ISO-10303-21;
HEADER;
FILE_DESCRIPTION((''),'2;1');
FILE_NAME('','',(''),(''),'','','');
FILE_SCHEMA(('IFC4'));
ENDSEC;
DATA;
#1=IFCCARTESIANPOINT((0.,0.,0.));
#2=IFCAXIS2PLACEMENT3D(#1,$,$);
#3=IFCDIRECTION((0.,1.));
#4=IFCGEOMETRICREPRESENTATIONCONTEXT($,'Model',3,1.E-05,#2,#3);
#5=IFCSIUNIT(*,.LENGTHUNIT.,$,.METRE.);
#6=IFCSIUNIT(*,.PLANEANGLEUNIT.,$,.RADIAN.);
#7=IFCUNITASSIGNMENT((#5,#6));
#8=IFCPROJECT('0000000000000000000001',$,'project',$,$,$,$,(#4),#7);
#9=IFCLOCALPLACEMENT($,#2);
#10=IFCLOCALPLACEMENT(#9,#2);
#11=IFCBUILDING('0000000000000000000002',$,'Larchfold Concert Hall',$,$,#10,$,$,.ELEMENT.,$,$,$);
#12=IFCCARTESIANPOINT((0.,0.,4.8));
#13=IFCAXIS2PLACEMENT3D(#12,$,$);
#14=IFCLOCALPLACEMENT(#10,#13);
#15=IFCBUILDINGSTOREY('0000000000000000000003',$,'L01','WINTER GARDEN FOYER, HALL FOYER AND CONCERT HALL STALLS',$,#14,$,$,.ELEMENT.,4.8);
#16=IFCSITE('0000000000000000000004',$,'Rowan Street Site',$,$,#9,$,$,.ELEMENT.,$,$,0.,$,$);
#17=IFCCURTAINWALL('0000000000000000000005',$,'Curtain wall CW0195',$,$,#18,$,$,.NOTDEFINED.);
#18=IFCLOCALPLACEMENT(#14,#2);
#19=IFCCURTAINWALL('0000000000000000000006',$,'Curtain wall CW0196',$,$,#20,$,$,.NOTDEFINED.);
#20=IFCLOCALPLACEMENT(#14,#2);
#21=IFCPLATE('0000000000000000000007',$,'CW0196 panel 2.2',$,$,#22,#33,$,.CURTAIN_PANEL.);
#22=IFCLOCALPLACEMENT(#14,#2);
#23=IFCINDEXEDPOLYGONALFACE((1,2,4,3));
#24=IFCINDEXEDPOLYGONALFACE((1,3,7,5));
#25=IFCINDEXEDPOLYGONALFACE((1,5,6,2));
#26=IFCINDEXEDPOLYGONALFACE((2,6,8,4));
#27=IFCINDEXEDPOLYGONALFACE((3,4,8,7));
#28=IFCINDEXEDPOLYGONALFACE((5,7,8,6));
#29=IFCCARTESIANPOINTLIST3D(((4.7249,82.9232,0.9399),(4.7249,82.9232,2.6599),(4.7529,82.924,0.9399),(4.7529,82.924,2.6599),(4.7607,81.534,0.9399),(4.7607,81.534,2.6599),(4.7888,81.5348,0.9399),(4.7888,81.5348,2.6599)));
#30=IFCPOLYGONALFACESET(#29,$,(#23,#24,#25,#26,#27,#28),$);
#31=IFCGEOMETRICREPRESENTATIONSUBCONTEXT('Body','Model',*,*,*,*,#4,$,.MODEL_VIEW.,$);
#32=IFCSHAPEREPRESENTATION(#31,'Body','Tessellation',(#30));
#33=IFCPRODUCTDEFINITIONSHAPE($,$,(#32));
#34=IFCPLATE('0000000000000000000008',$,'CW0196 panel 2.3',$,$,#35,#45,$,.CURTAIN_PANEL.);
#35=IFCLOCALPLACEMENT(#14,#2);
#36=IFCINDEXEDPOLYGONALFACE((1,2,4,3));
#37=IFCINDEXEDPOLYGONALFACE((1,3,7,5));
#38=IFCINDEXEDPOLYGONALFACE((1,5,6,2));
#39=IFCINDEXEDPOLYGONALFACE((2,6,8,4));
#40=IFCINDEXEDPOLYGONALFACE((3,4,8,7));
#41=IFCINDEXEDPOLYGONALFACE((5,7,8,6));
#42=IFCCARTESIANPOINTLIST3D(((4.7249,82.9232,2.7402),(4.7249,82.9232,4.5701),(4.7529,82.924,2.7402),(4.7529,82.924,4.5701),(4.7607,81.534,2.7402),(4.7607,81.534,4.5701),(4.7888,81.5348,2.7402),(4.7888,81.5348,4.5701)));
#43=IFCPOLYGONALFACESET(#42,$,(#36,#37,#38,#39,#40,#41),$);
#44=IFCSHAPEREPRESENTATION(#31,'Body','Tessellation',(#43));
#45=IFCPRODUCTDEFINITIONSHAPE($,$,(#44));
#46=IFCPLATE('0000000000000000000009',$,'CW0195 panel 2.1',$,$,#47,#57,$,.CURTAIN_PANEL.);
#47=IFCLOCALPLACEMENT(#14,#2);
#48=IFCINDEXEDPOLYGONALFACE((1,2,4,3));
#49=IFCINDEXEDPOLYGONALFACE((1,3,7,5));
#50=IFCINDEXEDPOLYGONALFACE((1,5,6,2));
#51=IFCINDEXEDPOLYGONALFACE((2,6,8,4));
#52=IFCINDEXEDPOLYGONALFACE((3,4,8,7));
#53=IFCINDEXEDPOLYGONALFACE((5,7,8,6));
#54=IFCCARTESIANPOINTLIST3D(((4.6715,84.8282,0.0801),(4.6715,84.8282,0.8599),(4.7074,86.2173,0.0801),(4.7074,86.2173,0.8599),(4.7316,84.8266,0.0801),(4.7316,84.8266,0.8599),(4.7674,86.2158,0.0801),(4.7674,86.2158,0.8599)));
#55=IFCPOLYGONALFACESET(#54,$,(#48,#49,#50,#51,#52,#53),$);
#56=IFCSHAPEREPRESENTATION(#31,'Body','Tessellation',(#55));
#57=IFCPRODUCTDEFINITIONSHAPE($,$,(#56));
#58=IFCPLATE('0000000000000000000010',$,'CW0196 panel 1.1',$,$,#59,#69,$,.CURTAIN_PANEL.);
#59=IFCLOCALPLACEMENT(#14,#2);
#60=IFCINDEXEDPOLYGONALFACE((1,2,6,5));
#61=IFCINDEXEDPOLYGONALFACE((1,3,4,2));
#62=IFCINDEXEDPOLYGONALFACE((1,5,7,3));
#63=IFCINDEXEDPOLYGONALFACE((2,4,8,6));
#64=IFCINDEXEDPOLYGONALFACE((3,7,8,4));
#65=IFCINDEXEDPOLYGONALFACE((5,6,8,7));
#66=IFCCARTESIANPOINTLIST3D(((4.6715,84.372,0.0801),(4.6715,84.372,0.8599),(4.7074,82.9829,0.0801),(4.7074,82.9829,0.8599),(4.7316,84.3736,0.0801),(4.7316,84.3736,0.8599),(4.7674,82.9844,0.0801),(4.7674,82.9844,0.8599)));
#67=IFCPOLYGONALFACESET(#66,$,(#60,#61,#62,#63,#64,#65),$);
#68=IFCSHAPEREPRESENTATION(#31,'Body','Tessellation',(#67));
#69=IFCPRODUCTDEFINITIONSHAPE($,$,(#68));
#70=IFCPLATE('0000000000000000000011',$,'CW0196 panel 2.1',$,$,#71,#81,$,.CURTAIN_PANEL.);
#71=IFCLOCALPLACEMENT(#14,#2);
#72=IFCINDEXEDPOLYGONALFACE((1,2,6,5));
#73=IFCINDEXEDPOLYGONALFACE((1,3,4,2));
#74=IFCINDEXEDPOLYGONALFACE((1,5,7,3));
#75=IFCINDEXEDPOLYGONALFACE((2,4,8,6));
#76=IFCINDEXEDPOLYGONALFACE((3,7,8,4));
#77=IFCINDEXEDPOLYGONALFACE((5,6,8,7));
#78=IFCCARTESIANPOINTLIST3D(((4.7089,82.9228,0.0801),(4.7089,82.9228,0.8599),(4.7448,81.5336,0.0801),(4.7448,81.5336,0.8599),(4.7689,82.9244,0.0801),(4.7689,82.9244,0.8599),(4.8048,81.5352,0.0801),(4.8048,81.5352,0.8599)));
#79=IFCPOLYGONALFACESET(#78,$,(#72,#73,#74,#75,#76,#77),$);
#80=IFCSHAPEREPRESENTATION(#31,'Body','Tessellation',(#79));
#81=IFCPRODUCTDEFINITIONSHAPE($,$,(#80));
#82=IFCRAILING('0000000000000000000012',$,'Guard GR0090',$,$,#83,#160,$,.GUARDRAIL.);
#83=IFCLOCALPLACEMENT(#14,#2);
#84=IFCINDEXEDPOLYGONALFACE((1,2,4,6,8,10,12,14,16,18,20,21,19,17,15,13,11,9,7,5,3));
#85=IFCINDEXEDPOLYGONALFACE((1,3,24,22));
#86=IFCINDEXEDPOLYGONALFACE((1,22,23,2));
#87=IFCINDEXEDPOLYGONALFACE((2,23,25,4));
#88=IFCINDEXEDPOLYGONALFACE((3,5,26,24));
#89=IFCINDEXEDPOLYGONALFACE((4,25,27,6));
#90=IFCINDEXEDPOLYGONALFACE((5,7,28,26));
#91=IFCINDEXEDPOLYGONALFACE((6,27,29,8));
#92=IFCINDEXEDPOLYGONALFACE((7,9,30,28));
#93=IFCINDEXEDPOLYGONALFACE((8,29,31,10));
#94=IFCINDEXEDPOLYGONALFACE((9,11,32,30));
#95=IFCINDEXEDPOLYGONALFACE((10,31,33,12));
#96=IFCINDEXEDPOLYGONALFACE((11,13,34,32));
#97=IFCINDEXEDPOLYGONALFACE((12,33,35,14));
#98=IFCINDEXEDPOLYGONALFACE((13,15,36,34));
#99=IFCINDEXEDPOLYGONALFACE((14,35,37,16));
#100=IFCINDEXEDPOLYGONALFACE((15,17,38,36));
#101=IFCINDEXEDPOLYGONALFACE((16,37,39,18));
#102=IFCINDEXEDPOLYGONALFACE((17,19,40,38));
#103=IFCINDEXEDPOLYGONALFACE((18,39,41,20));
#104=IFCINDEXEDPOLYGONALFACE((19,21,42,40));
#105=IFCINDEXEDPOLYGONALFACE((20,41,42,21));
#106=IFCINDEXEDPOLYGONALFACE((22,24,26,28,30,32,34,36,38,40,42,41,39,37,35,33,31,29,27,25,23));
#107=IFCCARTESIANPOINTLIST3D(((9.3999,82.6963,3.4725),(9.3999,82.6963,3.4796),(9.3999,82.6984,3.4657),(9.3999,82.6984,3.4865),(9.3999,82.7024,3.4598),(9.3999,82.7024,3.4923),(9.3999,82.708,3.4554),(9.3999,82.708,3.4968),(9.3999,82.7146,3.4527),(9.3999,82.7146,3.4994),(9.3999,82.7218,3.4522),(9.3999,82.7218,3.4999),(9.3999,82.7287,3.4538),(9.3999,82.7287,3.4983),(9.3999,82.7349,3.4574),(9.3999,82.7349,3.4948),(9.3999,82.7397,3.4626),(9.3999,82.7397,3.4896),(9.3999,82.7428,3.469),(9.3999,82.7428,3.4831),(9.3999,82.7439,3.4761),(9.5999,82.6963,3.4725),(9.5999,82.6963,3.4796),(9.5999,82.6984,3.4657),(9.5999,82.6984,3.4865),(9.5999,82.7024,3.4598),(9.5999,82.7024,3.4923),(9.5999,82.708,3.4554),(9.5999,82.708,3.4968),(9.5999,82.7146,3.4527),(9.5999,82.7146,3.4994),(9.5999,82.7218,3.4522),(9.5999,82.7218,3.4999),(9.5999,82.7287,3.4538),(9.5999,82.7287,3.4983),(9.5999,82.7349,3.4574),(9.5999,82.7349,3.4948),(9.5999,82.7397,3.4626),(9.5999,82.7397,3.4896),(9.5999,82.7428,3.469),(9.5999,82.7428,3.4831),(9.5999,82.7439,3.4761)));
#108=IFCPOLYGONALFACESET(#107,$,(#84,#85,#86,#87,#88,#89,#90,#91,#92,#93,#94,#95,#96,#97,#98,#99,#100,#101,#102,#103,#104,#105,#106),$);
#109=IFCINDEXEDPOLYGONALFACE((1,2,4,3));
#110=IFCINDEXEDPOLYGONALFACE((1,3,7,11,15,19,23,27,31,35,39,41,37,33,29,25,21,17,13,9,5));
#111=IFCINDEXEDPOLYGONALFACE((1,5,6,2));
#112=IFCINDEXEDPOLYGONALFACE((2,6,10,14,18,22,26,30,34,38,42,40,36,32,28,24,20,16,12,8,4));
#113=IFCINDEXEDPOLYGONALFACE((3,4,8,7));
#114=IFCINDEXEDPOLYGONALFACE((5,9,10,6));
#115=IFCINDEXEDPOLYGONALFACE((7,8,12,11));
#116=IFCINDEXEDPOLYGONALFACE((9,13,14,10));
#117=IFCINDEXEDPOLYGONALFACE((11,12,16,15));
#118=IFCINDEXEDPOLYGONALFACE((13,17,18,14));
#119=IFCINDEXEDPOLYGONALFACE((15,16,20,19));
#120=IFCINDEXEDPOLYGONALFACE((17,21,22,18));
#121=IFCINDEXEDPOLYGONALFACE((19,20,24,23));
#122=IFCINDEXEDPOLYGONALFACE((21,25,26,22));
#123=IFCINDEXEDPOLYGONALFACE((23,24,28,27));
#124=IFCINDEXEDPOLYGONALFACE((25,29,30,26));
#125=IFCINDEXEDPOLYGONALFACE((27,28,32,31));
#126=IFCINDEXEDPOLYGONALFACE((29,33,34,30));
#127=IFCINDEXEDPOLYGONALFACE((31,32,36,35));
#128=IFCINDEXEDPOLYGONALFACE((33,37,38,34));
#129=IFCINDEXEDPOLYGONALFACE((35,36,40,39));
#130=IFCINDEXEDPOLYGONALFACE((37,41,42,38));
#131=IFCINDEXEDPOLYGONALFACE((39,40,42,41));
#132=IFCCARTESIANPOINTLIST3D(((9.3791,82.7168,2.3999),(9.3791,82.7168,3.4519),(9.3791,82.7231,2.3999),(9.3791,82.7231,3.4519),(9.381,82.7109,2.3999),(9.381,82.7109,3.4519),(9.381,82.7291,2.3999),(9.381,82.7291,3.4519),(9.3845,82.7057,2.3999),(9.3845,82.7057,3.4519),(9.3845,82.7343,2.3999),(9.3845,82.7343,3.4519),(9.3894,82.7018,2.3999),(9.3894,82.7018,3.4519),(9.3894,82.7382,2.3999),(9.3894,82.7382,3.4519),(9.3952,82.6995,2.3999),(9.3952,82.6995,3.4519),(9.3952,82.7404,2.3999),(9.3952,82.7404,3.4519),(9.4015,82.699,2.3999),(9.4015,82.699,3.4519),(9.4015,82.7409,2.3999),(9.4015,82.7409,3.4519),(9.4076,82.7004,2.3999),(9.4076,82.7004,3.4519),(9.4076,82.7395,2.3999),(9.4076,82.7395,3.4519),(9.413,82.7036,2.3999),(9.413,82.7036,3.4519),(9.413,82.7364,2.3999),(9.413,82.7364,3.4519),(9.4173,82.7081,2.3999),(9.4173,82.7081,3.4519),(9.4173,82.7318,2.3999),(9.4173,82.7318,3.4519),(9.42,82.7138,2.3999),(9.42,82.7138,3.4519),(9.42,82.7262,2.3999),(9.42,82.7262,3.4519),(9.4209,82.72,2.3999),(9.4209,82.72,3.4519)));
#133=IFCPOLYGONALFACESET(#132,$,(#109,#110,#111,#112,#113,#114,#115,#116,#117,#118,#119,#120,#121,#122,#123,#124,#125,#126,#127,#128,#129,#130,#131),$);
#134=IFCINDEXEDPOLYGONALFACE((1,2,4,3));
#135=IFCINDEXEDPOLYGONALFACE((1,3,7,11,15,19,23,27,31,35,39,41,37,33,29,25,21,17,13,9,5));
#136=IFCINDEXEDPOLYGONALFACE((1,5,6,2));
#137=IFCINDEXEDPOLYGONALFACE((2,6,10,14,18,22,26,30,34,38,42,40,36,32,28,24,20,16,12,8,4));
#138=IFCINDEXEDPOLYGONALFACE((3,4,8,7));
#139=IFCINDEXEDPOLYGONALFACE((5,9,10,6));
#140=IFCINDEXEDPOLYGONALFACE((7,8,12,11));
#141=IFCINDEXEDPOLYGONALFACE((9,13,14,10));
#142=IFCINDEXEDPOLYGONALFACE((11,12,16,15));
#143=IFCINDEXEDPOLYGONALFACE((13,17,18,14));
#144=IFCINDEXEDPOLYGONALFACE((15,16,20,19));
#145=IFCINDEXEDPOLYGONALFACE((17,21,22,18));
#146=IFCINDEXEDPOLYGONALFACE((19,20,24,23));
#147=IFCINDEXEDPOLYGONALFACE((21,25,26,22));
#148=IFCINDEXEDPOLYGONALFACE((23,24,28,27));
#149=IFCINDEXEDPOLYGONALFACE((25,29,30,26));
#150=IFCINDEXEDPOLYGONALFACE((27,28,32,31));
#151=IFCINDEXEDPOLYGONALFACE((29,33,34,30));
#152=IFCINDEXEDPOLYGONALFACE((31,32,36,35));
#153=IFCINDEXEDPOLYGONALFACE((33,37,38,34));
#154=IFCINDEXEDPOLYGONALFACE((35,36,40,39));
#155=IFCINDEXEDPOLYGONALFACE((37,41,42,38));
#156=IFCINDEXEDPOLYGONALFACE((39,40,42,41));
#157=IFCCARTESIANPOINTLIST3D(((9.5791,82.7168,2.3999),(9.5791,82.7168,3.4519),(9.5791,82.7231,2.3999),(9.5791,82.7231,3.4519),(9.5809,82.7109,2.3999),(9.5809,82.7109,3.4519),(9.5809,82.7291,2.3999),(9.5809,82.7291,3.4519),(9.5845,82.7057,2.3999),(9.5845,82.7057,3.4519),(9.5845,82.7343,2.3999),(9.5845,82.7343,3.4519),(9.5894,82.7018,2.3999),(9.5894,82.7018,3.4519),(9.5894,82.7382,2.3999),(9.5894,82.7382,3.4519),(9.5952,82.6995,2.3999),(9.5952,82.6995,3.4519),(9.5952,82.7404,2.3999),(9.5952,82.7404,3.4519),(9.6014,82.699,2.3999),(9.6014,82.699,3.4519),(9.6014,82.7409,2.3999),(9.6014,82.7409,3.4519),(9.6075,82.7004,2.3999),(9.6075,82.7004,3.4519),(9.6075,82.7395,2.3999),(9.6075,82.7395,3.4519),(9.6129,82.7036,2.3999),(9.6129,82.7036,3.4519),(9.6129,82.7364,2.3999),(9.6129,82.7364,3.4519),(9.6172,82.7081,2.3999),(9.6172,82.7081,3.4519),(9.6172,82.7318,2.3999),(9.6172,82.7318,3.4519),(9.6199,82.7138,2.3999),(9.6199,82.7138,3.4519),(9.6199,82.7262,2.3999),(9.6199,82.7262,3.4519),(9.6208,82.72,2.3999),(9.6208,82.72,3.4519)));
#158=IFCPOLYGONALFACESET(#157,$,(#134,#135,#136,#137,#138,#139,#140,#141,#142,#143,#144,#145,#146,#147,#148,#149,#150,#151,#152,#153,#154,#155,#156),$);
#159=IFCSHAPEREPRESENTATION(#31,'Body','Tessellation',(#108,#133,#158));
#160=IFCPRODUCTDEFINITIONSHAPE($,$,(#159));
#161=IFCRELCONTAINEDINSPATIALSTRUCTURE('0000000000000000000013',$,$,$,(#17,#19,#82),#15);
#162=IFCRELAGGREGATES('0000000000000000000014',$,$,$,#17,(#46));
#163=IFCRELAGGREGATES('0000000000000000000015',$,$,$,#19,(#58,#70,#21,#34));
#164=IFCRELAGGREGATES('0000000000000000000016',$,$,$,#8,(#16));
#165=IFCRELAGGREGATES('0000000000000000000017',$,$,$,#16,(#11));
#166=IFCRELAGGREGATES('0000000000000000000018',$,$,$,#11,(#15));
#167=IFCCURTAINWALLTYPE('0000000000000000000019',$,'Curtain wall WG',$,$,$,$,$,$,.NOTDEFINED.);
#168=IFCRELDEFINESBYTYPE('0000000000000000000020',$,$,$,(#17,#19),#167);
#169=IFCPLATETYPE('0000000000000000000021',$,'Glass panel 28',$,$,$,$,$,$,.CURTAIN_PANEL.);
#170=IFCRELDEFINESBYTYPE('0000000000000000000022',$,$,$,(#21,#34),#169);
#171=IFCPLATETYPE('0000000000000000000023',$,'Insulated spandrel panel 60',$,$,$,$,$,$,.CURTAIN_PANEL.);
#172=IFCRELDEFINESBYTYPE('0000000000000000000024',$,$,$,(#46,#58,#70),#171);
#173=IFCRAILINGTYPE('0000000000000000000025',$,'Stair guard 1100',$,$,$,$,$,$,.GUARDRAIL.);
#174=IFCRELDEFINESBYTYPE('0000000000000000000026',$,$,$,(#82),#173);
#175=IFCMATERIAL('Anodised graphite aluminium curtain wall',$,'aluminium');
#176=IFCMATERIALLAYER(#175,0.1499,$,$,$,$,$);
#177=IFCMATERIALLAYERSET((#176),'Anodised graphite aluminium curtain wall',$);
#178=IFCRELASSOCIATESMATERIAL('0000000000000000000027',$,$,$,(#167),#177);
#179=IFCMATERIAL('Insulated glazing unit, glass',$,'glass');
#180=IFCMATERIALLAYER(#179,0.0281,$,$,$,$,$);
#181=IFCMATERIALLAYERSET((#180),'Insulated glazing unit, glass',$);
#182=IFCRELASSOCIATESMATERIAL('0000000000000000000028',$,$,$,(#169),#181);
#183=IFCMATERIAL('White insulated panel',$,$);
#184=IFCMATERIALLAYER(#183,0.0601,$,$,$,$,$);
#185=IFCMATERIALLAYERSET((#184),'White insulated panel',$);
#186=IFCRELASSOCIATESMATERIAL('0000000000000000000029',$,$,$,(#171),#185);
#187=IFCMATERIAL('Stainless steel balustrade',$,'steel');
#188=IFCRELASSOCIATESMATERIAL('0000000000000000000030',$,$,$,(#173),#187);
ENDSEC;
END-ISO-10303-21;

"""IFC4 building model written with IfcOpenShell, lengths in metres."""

from ifc_helpers import new_model, si_unit, direction, frame, origin, origin_2d, place, context, subcontext, project, spatial, rectangle, circle, extrude, material, layer, layer_set, type_object, element, aggregate, save


model = new_model("IFC4")

# Units and contexts
model_context = context("Model", 3, precision=1e-05, world=origin(), true_north=direction((0.0, 1.0)))
body_context = subcontext(model_context, "Body", "Model", "MODEL_VIEW")
ifc_project = project(units=[si_unit("LENGTHUNIT", "METRE"), si_unit("PLANEANGLEUNIT", "RADIAN")], contexts=[model_context])

# Site, building, storey
site_placement = place(None, origin())
site = spatial("IfcSite", under=ifc_project, at=site_placement, Name="Rowan Street Site", CompositionType="ELEMENT", RefElevation=0.0)
building_placement = place(site_placement, origin())
building = spatial("IfcBuilding", under=site, at=building_placement, Name="Larchfold Concert Hall", CompositionType="ELEMENT")
storey_placement = place(building_placement, frame((0.0, 0.0, 4.8)))
storey = spatial("IfcBuildingStorey", under=building, at=storey_placement, Name="L01", Description="WINTER GARDEN FOYER, HALL FOYER AND CONCERT HALL STALLS", CompositionType="ELEMENT", Elevation=4.8)

# Curtain wall
ifc_material_1 = material(Name="Anodised graphite aluminium curtain wall", Category="aluminium")
ifc_layer_1 = layer(ifc_material_1, 0.1499)
ifc_layer_set_1 = layer_set([ifc_layer_1], Name="Anodised graphite aluminium curtain wall")
curtain_wall_type = type_object("IfcCurtainWallType", Name="Curtain wall WG", PredefinedType="NOTDEFINED", material=ifc_layer_set_1)
curtain_wall_1_placement = place(storey_placement, origin())
curtain_wall_1 = element("IfcCurtainWall", 1, at=curtain_wall_1_placement, inside=storey, type_object=curtain_wall_type, Name="Curtain wall CW0195", PredefinedType="NOTDEFINED")

# Curtain wall
curtain_wall_2_placement = place(storey_placement, origin())
curtain_wall_2 = element("IfcCurtainWall", 2, at=curtain_wall_2_placement, inside=storey, type_object=curtain_wall_type, Name="Curtain wall CW0196", PredefinedType="NOTDEFINED")

# Plates
ifc_material_2 = material(Name="Insulated glazing unit, glass", Category="glass")
ifc_layer_2 = layer(ifc_material_2, 0.0281)
ifc_layer_set_2 = layer_set([ifc_layer_2], Name="Insulated glazing unit, glass")
plate_type_1 = type_object("IfcPlateType", Name="Glass panel 28", PredefinedType="CURTAIN_PANEL", material=ifc_layer_set_2)
plate_1_placement = place(storey_placement, frame((4.7568, 82.229, 0.9399), z_axis=(0.0, 0.0, 1.0), x_axis=(0.025821, -0.999667, 0.0)))
plate_1 = element("IfcPlate", 3, at=plate_1_placement, type_object=plate_type_1, Name="CW0196 panel 2.2", PredefinedType="CURTAIN_PANEL", context=body_context, shape_type="SweptSolid", body=[
    extrude(rectangle(XDim=1.3896, YDim=0.0281, at=origin_2d()), origin(), (0.0, 0.0, 1.0), 1.72),
])
plate_2_placement = place(storey_placement, frame((4.7568, 82.229, 2.7402), z_axis=(0.0, 0.0, 1.0), x_axis=(0.025821, -0.999667, 0.0)))
plate_2 = element("IfcPlate", 4, at=plate_2_placement, type_object=plate_type_1, Name="CW0196 panel 2.3", PredefinedType="CURTAIN_PANEL", context=body_context, shape_type="SweptSolid", body=[
    extrude(rectangle(XDim=1.3896, YDim=0.0281, at=origin_2d()), origin(), (0.0, 0.0, 1.0), 1.8298),
])
ifc_material_3 = material(Name="White insulated panel")
ifc_layer_3 = layer(ifc_material_3, 0.0601)
ifc_layer_set_3 = layer_set([ifc_layer_3], Name="White insulated panel")
plate_type_2 = type_object("IfcPlateType", Name="Insulated spandrel panel 60", PredefinedType="CURTAIN_PANEL", material=ifc_layer_set_3)
plate_3_placement = place(storey_placement, frame((4.7195, 85.522, 0.0801), z_axis=(0.0, 0.0, 1.0), x_axis=(-0.025821, -0.999667, 0.0)))
plate_3 = element("IfcPlate", 5, at=plate_3_placement, type_object=plate_type_2, Name="CW0195 panel 2.1", PredefinedType="CURTAIN_PANEL", context=body_context, shape_type="SweptSolid", body=[
    extrude(rectangle(XDim=1.3896, YDim=0.0601, at=origin_2d()), origin(), (0.0, 0.0, 1.0), 0.7798),
])
aggregate(curtain_wall_1, [plate_3])
plate_4_placement = place(storey_placement, frame((4.7195, 83.6782, 0.0801), z_axis=(0.0, 0.0, 1.0), x_axis=(0.025821, -0.999667, 0.0)))
plate_4 = element("IfcPlate", 6, at=plate_4_placement, type_object=plate_type_2, Name="CW0196 panel 1.1", PredefinedType="CURTAIN_PANEL", context=body_context, shape_type="SweptSolid", body=[
    extrude(rectangle(XDim=1.3896, YDim=0.0601, at=origin_2d()), origin(), (0.0, 0.0, 1.0), 0.7798),
])
plate_5_placement = place(storey_placement, frame((4.7568, 82.229, 0.0801), z_axis=(0.0, 0.0, 1.0), x_axis=(0.025821, -0.999667, 0.0)))
plate_5 = element("IfcPlate", 7, at=plate_5_placement, type_object=plate_type_2, Name="CW0196 panel 2.1", PredefinedType="CURTAIN_PANEL", context=body_context, shape_type="SweptSolid", body=[
    extrude(rectangle(XDim=1.3896, YDim=0.0601, at=origin_2d()), origin(), (0.0, 0.0, 1.0), 0.7798),
])
aggregate(curtain_wall_2, [plate_4, plate_5, plate_1, plate_2])

# Railing
ifc_material_4 = material(Name="Stainless steel balustrade", Category="steel")
railing_type_1 = type_object("IfcRailingType", Name="Stair guard 1100", PredefinedType="GUARDRAIL", material=ifc_material_4)
railing_1_placement = place(storey_placement, frame((9.3999, 82.72, 2.3999)))
element("IfcRailing", 8, at=railing_1_placement, inside=storey, type_object=railing_type_1, Name="Guard GR0090", PredefinedType="GUARDRAIL", context=body_context, shape_type="SweptSolid", body=[
    extrude(circle(Radius=0.0239, at=origin_2d()), frame((0.0, 0.0, 1.0762), z_axis=(1.0, 0.0, 0.0), x_axis=(0.0, 1.0, 0.0)), (0.0, 0.0, 1.0), 0.2),
    extrude(circle(Radius=0.021, at=origin_2d()), origin(), (0.0, 0.0, 1.0), 1.052),
    extrude(circle(Radius=0.021, at=origin_2d()), frame((0.2, 0.0, 0.0)), (0.0, 0.0, 1.0), 1.052),
])

save(model, "model.ifc")
